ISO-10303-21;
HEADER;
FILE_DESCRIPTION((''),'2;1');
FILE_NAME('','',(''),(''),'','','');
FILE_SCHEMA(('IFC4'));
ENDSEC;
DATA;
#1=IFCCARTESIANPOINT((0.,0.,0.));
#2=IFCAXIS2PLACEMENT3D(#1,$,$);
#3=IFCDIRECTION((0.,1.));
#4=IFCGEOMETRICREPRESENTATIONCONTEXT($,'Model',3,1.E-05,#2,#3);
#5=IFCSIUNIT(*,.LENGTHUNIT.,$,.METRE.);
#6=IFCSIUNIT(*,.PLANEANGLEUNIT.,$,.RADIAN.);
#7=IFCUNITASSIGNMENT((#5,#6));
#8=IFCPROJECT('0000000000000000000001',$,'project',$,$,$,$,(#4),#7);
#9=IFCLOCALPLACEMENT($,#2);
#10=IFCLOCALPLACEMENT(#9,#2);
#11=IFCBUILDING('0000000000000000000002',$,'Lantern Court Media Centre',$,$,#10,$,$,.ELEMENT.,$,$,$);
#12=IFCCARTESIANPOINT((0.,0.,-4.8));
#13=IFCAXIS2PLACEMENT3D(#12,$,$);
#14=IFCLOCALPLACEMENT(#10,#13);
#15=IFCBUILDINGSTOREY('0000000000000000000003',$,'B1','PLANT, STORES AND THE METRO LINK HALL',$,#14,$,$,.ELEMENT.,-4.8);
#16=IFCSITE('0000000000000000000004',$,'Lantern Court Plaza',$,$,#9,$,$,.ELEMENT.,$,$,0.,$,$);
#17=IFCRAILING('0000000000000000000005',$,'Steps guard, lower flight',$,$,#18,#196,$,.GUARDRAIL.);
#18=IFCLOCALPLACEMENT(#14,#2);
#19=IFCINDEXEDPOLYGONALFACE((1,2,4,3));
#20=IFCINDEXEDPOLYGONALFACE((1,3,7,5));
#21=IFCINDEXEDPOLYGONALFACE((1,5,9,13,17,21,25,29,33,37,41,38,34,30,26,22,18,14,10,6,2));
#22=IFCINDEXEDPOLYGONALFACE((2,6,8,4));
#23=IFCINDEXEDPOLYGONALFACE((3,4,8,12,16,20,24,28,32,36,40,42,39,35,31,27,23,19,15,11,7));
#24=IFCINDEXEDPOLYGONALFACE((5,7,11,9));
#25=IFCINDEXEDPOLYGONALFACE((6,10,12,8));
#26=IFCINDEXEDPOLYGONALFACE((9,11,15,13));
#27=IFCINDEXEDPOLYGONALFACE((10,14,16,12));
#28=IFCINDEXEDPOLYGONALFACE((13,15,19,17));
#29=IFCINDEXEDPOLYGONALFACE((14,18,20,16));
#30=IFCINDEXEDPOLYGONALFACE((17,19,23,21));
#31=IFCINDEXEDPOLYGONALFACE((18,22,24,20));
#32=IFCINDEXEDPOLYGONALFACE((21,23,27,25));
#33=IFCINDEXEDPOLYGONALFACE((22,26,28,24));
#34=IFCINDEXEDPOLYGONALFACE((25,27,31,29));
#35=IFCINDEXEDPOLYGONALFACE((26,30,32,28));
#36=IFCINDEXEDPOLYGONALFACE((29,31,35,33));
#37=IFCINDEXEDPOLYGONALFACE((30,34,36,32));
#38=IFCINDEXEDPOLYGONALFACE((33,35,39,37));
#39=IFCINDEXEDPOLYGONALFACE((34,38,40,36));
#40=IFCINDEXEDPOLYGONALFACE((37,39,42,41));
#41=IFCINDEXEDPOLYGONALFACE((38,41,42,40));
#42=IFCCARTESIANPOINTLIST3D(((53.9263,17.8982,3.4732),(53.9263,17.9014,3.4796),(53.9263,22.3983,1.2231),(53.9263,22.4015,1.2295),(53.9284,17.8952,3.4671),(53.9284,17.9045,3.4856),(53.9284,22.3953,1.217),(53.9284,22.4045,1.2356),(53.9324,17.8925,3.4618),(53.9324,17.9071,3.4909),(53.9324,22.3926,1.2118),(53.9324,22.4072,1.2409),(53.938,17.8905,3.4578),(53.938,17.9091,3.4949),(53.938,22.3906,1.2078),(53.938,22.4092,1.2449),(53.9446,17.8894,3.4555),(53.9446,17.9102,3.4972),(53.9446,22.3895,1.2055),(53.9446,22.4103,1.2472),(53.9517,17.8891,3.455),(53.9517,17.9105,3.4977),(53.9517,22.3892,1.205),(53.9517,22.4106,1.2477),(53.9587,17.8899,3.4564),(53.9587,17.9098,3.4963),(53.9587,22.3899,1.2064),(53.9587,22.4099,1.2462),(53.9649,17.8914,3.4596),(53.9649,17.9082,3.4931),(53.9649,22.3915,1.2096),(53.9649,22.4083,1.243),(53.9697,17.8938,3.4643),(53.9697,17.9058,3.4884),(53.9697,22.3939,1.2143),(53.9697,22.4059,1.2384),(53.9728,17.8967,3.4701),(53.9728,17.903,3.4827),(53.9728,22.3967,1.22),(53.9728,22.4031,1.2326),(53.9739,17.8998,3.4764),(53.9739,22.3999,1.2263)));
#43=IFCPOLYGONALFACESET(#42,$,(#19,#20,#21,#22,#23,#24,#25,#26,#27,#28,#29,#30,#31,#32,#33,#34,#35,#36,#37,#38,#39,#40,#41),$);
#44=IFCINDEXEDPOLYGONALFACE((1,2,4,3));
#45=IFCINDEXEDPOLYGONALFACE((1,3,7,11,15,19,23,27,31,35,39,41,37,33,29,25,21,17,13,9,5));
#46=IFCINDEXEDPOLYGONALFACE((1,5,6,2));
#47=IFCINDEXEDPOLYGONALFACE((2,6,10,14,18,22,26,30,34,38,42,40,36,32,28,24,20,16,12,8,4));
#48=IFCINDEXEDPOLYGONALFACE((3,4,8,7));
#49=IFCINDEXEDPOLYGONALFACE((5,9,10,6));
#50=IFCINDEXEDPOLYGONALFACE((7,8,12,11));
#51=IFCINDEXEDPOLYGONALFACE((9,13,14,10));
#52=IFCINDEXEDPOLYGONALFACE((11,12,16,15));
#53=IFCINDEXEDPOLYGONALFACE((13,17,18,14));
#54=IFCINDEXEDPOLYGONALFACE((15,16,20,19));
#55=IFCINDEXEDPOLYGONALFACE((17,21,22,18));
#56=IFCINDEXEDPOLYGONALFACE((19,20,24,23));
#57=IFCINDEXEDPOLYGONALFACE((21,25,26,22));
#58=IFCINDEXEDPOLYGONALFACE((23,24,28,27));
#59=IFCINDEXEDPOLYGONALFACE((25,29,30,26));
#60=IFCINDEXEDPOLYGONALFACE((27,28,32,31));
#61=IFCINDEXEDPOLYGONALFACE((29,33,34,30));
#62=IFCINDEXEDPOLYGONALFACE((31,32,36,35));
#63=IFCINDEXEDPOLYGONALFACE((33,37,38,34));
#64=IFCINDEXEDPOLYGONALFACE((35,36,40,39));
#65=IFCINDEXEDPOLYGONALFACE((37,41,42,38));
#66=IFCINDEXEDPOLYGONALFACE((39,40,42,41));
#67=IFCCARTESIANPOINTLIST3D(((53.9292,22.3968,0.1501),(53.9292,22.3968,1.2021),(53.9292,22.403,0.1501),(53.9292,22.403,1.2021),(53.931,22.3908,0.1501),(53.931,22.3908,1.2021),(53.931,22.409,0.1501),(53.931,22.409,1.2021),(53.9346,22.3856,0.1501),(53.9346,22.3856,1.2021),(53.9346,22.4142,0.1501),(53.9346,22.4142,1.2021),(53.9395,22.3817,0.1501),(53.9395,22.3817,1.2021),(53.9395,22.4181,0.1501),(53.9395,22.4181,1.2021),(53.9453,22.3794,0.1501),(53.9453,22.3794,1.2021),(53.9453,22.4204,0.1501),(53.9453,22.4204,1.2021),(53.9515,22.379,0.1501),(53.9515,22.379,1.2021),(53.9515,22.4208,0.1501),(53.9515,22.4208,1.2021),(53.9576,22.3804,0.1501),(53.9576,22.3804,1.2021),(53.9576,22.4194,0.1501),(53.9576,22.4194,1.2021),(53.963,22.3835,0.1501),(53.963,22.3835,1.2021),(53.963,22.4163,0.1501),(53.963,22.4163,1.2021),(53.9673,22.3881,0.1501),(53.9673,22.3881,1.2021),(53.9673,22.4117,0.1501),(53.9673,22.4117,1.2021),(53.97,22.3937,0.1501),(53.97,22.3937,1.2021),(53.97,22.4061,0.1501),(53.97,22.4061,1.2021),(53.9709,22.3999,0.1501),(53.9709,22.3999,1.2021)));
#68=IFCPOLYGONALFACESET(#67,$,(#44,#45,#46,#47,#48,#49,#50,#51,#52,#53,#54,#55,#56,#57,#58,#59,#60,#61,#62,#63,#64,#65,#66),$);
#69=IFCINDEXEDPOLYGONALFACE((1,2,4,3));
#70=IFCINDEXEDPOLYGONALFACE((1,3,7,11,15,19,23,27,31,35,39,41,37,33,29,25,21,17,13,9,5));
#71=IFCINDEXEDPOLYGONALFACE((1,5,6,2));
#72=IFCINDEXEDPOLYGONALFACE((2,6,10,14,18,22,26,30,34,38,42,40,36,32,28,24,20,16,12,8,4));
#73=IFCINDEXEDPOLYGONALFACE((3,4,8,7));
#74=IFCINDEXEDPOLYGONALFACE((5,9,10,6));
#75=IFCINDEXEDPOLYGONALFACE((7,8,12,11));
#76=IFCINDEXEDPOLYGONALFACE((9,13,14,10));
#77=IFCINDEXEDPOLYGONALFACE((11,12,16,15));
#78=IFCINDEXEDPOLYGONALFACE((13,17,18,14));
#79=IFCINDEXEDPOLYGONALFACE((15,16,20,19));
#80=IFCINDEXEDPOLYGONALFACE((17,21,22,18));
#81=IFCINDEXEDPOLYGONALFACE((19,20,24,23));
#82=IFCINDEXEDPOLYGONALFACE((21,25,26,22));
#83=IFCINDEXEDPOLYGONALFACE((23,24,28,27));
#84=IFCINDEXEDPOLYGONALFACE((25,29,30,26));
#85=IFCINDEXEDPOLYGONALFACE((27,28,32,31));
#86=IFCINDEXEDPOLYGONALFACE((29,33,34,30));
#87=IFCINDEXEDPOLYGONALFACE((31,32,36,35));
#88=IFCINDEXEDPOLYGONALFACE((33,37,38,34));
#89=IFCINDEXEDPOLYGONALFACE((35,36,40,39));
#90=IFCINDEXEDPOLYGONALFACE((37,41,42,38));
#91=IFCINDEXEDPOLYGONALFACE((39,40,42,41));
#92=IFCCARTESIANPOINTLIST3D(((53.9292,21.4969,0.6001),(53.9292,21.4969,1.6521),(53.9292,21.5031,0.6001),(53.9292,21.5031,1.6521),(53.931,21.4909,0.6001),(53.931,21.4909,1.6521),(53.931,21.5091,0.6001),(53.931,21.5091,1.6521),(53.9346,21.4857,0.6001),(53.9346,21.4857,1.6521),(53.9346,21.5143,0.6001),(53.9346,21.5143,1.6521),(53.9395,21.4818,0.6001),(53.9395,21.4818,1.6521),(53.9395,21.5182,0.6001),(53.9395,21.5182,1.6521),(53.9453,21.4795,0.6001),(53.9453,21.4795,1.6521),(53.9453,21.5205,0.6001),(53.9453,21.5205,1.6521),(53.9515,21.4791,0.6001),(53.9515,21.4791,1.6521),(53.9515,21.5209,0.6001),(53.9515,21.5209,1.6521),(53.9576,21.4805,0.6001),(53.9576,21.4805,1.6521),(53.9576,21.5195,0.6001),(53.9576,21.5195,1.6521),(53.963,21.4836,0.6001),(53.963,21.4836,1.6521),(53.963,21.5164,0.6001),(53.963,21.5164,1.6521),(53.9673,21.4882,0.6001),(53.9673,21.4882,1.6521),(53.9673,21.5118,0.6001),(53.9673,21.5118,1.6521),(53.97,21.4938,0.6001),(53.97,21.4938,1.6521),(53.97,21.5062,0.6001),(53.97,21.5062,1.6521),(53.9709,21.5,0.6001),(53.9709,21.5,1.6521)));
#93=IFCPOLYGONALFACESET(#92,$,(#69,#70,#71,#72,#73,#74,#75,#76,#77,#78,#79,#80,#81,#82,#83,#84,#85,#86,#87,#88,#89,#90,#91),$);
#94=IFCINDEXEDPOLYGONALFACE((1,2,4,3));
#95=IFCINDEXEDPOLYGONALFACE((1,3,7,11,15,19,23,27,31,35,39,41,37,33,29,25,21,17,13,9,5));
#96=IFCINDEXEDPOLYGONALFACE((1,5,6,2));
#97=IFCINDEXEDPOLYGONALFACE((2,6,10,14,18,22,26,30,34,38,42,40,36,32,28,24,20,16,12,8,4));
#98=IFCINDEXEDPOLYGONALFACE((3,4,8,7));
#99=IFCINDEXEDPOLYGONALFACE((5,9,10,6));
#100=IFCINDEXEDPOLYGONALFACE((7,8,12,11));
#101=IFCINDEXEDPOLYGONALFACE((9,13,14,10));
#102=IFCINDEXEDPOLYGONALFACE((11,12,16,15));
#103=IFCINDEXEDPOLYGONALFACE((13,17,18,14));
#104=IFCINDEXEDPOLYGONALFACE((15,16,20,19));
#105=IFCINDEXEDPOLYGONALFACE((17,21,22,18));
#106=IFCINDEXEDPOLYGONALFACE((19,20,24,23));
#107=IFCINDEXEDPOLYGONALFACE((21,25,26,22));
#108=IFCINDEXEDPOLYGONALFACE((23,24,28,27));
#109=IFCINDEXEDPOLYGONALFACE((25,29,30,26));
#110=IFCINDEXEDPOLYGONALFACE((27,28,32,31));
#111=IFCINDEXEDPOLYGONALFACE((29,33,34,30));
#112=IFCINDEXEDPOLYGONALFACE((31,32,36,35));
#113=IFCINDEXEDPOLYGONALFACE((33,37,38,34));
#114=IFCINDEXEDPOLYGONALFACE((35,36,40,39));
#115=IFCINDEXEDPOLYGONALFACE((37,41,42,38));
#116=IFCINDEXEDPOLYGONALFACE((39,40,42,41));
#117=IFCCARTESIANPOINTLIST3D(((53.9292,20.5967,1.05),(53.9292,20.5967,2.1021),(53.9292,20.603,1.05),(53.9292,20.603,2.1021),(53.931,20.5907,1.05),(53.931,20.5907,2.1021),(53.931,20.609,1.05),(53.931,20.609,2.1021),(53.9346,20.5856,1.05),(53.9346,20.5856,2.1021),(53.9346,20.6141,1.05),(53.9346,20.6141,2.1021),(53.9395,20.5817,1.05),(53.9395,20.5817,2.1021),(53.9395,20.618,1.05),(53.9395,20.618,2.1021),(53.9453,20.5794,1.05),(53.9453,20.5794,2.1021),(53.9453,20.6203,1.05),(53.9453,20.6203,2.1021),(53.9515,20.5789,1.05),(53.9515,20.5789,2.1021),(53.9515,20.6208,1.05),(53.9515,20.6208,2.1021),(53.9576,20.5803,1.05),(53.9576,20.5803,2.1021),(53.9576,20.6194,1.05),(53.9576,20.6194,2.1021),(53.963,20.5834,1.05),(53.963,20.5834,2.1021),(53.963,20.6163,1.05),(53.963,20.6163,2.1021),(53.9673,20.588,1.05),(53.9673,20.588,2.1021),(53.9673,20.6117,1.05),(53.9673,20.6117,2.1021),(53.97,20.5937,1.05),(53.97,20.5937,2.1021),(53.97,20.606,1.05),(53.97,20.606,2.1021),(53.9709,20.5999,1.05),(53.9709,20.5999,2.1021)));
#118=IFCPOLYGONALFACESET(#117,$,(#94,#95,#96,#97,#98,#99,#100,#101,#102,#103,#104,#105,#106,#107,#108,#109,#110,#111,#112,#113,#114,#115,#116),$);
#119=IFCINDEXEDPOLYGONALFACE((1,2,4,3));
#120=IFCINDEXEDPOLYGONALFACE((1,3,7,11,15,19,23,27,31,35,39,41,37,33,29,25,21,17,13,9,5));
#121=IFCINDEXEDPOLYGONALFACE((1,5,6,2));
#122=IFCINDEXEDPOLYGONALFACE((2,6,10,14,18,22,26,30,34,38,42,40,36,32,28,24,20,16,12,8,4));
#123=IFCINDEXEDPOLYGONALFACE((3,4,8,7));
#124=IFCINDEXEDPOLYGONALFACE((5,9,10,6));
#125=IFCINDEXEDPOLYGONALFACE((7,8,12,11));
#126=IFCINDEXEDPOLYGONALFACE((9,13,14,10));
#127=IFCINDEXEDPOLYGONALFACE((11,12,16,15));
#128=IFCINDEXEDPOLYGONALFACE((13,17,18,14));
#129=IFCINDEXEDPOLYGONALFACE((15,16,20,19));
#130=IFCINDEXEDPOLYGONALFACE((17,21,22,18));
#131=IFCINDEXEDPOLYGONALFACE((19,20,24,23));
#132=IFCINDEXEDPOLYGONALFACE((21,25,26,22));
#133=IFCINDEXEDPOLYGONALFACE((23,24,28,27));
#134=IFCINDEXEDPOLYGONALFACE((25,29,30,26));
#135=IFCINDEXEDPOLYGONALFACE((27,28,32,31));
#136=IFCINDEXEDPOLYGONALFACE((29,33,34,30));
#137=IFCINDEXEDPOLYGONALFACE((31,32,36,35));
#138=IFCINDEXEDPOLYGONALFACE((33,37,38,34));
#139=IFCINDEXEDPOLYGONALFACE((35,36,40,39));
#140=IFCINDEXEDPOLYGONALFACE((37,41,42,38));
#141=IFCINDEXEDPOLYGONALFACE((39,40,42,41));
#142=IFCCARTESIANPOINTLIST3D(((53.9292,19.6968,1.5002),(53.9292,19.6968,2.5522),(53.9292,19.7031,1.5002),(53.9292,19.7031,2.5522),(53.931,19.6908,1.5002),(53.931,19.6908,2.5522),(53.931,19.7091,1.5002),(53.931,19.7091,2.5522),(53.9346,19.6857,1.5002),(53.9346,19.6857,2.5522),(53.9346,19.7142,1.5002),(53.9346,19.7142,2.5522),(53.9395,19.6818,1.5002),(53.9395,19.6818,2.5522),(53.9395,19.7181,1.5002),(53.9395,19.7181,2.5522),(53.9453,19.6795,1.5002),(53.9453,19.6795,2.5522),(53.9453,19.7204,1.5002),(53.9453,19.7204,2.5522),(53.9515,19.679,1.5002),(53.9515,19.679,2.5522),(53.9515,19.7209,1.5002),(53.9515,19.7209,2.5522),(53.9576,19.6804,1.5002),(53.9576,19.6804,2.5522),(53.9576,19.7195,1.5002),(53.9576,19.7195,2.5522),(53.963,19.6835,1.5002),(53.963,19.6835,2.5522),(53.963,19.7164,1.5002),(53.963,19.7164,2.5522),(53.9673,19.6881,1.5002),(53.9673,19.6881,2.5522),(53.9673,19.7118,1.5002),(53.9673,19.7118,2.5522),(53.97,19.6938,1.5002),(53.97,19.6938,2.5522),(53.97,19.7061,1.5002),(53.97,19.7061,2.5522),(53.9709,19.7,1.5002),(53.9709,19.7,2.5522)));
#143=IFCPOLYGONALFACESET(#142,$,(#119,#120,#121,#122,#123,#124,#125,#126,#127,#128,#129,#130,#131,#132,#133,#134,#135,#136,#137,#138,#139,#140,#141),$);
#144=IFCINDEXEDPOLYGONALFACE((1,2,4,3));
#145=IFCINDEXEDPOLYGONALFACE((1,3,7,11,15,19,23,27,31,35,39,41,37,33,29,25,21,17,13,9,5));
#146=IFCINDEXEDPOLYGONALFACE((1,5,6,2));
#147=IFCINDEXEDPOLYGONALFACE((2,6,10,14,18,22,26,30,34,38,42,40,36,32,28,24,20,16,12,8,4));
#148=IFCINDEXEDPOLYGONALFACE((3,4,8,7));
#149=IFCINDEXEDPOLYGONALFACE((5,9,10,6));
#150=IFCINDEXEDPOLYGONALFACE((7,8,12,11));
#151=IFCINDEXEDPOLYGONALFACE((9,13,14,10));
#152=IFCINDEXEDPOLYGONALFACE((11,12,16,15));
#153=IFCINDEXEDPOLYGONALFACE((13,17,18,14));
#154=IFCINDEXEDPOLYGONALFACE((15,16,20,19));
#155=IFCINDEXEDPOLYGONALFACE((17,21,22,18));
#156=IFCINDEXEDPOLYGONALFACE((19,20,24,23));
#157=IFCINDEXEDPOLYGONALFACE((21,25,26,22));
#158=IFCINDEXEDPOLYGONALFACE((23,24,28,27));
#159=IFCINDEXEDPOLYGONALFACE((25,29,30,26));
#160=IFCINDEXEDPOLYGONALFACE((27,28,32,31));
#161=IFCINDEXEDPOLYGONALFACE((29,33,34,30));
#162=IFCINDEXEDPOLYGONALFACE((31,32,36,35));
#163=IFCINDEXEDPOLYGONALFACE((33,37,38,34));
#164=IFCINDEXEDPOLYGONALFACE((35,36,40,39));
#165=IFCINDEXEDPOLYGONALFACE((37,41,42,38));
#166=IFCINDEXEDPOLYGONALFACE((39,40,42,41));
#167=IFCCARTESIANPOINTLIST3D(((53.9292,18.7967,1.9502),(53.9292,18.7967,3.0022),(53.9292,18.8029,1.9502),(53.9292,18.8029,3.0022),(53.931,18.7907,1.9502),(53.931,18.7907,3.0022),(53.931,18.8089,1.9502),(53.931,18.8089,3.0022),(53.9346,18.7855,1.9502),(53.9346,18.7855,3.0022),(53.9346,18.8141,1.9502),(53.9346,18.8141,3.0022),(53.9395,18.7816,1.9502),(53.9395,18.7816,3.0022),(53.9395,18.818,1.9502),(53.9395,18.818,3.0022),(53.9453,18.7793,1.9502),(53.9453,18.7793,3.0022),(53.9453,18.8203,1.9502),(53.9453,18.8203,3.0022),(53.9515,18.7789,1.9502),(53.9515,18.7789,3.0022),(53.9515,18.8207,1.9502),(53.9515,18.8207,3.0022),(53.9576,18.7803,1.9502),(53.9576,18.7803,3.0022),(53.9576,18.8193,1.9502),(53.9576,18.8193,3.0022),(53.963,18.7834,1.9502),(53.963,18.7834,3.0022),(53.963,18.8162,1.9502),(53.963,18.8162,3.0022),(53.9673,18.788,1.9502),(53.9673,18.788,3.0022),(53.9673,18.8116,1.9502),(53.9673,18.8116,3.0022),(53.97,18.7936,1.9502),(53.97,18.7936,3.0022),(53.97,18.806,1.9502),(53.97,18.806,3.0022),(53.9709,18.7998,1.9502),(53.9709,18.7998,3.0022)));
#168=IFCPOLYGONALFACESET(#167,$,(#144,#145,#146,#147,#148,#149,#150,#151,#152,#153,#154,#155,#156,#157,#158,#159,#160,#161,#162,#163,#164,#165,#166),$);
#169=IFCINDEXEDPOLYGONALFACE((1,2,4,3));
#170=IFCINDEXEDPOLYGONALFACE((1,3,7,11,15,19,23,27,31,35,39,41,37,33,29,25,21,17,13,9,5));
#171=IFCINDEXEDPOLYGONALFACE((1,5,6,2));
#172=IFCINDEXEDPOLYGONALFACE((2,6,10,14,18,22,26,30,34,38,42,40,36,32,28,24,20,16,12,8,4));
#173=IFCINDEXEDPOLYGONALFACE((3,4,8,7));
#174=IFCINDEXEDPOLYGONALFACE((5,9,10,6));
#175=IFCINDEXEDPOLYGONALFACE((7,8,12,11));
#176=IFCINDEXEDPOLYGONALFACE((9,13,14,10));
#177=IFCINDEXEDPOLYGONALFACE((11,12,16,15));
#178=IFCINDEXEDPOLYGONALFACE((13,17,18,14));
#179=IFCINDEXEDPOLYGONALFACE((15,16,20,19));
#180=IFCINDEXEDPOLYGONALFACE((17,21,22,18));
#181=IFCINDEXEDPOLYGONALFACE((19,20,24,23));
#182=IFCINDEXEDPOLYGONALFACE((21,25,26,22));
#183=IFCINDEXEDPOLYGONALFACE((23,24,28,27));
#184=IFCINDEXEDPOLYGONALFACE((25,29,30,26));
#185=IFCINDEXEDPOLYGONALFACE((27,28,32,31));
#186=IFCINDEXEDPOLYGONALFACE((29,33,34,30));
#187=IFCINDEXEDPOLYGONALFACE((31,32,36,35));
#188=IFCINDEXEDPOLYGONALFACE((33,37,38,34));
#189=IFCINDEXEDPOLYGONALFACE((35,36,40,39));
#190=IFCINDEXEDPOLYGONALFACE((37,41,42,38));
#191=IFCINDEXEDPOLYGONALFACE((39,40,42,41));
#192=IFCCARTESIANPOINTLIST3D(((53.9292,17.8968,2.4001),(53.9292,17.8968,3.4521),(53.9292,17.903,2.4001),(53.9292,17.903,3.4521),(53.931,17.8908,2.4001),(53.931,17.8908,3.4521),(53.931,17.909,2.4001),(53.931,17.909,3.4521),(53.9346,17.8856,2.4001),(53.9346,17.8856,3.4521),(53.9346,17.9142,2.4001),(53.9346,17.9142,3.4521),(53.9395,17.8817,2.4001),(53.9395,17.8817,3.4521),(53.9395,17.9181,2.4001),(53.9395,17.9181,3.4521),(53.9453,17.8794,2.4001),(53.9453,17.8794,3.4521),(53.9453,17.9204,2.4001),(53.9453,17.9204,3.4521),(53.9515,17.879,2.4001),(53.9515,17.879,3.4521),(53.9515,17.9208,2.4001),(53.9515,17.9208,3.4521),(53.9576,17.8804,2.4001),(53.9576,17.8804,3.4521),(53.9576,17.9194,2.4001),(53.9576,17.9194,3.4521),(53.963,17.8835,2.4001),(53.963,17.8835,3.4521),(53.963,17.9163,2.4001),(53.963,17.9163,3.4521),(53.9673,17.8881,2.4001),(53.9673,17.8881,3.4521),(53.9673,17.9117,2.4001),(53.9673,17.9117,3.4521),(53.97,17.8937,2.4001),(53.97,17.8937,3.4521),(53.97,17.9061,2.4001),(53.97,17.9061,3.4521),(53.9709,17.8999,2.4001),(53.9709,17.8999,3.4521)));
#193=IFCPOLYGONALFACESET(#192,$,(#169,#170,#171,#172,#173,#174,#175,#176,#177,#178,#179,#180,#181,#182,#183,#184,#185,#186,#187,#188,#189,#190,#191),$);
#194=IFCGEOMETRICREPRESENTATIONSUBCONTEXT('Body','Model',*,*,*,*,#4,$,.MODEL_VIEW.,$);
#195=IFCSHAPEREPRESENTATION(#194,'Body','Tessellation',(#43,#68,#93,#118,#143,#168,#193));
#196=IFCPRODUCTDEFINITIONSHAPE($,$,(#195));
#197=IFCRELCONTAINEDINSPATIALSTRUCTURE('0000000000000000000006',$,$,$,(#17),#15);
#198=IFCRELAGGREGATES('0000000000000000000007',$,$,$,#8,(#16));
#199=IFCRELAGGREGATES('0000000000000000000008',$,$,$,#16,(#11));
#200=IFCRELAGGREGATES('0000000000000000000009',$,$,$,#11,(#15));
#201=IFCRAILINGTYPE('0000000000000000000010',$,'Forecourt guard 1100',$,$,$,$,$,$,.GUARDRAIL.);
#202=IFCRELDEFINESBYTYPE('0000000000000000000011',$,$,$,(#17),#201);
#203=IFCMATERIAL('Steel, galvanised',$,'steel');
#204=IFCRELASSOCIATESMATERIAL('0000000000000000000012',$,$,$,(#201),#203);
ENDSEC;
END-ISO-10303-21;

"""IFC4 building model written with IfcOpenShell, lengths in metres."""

from ifc_helpers import new_model, si_unit, direction, frame, origin, origin_2d, place, context, subcontext, project, spatial, circle, extrude, material, type_object, element, save


model = new_model("IFC4")

# Units and contexts
model_context = context("Model", 3, precision=1e-05, world=origin(), true_north=direction((0.0, 1.0)))
body_context = subcontext(model_context, "Body", "Model", "MODEL_VIEW")
ifc_project = project(units=[si_unit("LENGTHUNIT", "METRE"), si_unit("PLANEANGLEUNIT", "RADIAN")], contexts=[model_context])

# Site, building, storey
site_placement = place(None, origin())
site = spatial("IfcSite", under=ifc_project, at=site_placement, Name="Lantern Court Plaza", CompositionType="ELEMENT", RefElevation=0.0)
building_placement = place(site_placement, origin())
building = spatial("IfcBuilding", under=site, at=building_placement, Name="Lantern Court Media Centre", CompositionType="ELEMENT")
storey_placement = place(building_placement, frame((0.0, 0.0, -4.8)))
storey = spatial("IfcBuildingStorey", under=building, at=storey_placement, Name="B1", Description="PLANT, STORES AND THE METRO LINK HALL", CompositionType="ELEMENT", Elevation=-4.8)

# Railing
ifc_material_1 = material(Name="Steel, galvanised", Category="steel")
railing_type_1 = type_object("IfcRailingType", Name="Forecourt guard 1100", PredefinedType="GUARDRAIL", material=ifc_material_1)
railing_1_placement = place(storey_placement, frame((53.95, 22.3999, 0.1501)))
element("IfcRailing", 1, at=railing_1_placement, inside=storey, type_object=railing_type_1, Name="Steps guard, lower flight", PredefinedType="GUARDRAIL", context=body_context, shape_type="SweptSolid", body=[
    extrude(circle(Radius=0.0239, at=origin_2d()), frame((0.0, 0.0, 1.0762), z_axis=(0.0, -0.894427, 0.447214), x_axis=(1.0, 0.0, 0.0)), (0.0, 0.0, 1.0), 5.0312),
    extrude(circle(Radius=0.021, at=origin_2d()), origin(), (0.0, 0.0, 1.0), 1.052),
    extrude(circle(Radius=0.021, at=origin_2d()), frame((0.0, -0.8999, 0.45)), (0.0, 0.0, 1.0), 1.052),
    extrude(circle(Radius=0.021, at=origin_2d()), frame((0.0, -1.8, 0.8999)), (0.0, 0.0, 1.0), 1.052),
    extrude(circle(Radius=0.021, at=origin_2d()), frame((0.0, -2.7, 1.3501)), (0.0, 0.0, 1.0), 1.052),
    extrude(circle(Radius=0.021, at=origin_2d()), frame((0.0, -3.6001, 1.8)), (0.0, 0.0, 1.0), 1.052),
    extrude(circle(Radius=0.021, at=origin_2d()), frame((0.0, -4.5, 2.25)), (0.0, 0.0, 1.0), 1.052),
])

save(model, "model.ifc")
